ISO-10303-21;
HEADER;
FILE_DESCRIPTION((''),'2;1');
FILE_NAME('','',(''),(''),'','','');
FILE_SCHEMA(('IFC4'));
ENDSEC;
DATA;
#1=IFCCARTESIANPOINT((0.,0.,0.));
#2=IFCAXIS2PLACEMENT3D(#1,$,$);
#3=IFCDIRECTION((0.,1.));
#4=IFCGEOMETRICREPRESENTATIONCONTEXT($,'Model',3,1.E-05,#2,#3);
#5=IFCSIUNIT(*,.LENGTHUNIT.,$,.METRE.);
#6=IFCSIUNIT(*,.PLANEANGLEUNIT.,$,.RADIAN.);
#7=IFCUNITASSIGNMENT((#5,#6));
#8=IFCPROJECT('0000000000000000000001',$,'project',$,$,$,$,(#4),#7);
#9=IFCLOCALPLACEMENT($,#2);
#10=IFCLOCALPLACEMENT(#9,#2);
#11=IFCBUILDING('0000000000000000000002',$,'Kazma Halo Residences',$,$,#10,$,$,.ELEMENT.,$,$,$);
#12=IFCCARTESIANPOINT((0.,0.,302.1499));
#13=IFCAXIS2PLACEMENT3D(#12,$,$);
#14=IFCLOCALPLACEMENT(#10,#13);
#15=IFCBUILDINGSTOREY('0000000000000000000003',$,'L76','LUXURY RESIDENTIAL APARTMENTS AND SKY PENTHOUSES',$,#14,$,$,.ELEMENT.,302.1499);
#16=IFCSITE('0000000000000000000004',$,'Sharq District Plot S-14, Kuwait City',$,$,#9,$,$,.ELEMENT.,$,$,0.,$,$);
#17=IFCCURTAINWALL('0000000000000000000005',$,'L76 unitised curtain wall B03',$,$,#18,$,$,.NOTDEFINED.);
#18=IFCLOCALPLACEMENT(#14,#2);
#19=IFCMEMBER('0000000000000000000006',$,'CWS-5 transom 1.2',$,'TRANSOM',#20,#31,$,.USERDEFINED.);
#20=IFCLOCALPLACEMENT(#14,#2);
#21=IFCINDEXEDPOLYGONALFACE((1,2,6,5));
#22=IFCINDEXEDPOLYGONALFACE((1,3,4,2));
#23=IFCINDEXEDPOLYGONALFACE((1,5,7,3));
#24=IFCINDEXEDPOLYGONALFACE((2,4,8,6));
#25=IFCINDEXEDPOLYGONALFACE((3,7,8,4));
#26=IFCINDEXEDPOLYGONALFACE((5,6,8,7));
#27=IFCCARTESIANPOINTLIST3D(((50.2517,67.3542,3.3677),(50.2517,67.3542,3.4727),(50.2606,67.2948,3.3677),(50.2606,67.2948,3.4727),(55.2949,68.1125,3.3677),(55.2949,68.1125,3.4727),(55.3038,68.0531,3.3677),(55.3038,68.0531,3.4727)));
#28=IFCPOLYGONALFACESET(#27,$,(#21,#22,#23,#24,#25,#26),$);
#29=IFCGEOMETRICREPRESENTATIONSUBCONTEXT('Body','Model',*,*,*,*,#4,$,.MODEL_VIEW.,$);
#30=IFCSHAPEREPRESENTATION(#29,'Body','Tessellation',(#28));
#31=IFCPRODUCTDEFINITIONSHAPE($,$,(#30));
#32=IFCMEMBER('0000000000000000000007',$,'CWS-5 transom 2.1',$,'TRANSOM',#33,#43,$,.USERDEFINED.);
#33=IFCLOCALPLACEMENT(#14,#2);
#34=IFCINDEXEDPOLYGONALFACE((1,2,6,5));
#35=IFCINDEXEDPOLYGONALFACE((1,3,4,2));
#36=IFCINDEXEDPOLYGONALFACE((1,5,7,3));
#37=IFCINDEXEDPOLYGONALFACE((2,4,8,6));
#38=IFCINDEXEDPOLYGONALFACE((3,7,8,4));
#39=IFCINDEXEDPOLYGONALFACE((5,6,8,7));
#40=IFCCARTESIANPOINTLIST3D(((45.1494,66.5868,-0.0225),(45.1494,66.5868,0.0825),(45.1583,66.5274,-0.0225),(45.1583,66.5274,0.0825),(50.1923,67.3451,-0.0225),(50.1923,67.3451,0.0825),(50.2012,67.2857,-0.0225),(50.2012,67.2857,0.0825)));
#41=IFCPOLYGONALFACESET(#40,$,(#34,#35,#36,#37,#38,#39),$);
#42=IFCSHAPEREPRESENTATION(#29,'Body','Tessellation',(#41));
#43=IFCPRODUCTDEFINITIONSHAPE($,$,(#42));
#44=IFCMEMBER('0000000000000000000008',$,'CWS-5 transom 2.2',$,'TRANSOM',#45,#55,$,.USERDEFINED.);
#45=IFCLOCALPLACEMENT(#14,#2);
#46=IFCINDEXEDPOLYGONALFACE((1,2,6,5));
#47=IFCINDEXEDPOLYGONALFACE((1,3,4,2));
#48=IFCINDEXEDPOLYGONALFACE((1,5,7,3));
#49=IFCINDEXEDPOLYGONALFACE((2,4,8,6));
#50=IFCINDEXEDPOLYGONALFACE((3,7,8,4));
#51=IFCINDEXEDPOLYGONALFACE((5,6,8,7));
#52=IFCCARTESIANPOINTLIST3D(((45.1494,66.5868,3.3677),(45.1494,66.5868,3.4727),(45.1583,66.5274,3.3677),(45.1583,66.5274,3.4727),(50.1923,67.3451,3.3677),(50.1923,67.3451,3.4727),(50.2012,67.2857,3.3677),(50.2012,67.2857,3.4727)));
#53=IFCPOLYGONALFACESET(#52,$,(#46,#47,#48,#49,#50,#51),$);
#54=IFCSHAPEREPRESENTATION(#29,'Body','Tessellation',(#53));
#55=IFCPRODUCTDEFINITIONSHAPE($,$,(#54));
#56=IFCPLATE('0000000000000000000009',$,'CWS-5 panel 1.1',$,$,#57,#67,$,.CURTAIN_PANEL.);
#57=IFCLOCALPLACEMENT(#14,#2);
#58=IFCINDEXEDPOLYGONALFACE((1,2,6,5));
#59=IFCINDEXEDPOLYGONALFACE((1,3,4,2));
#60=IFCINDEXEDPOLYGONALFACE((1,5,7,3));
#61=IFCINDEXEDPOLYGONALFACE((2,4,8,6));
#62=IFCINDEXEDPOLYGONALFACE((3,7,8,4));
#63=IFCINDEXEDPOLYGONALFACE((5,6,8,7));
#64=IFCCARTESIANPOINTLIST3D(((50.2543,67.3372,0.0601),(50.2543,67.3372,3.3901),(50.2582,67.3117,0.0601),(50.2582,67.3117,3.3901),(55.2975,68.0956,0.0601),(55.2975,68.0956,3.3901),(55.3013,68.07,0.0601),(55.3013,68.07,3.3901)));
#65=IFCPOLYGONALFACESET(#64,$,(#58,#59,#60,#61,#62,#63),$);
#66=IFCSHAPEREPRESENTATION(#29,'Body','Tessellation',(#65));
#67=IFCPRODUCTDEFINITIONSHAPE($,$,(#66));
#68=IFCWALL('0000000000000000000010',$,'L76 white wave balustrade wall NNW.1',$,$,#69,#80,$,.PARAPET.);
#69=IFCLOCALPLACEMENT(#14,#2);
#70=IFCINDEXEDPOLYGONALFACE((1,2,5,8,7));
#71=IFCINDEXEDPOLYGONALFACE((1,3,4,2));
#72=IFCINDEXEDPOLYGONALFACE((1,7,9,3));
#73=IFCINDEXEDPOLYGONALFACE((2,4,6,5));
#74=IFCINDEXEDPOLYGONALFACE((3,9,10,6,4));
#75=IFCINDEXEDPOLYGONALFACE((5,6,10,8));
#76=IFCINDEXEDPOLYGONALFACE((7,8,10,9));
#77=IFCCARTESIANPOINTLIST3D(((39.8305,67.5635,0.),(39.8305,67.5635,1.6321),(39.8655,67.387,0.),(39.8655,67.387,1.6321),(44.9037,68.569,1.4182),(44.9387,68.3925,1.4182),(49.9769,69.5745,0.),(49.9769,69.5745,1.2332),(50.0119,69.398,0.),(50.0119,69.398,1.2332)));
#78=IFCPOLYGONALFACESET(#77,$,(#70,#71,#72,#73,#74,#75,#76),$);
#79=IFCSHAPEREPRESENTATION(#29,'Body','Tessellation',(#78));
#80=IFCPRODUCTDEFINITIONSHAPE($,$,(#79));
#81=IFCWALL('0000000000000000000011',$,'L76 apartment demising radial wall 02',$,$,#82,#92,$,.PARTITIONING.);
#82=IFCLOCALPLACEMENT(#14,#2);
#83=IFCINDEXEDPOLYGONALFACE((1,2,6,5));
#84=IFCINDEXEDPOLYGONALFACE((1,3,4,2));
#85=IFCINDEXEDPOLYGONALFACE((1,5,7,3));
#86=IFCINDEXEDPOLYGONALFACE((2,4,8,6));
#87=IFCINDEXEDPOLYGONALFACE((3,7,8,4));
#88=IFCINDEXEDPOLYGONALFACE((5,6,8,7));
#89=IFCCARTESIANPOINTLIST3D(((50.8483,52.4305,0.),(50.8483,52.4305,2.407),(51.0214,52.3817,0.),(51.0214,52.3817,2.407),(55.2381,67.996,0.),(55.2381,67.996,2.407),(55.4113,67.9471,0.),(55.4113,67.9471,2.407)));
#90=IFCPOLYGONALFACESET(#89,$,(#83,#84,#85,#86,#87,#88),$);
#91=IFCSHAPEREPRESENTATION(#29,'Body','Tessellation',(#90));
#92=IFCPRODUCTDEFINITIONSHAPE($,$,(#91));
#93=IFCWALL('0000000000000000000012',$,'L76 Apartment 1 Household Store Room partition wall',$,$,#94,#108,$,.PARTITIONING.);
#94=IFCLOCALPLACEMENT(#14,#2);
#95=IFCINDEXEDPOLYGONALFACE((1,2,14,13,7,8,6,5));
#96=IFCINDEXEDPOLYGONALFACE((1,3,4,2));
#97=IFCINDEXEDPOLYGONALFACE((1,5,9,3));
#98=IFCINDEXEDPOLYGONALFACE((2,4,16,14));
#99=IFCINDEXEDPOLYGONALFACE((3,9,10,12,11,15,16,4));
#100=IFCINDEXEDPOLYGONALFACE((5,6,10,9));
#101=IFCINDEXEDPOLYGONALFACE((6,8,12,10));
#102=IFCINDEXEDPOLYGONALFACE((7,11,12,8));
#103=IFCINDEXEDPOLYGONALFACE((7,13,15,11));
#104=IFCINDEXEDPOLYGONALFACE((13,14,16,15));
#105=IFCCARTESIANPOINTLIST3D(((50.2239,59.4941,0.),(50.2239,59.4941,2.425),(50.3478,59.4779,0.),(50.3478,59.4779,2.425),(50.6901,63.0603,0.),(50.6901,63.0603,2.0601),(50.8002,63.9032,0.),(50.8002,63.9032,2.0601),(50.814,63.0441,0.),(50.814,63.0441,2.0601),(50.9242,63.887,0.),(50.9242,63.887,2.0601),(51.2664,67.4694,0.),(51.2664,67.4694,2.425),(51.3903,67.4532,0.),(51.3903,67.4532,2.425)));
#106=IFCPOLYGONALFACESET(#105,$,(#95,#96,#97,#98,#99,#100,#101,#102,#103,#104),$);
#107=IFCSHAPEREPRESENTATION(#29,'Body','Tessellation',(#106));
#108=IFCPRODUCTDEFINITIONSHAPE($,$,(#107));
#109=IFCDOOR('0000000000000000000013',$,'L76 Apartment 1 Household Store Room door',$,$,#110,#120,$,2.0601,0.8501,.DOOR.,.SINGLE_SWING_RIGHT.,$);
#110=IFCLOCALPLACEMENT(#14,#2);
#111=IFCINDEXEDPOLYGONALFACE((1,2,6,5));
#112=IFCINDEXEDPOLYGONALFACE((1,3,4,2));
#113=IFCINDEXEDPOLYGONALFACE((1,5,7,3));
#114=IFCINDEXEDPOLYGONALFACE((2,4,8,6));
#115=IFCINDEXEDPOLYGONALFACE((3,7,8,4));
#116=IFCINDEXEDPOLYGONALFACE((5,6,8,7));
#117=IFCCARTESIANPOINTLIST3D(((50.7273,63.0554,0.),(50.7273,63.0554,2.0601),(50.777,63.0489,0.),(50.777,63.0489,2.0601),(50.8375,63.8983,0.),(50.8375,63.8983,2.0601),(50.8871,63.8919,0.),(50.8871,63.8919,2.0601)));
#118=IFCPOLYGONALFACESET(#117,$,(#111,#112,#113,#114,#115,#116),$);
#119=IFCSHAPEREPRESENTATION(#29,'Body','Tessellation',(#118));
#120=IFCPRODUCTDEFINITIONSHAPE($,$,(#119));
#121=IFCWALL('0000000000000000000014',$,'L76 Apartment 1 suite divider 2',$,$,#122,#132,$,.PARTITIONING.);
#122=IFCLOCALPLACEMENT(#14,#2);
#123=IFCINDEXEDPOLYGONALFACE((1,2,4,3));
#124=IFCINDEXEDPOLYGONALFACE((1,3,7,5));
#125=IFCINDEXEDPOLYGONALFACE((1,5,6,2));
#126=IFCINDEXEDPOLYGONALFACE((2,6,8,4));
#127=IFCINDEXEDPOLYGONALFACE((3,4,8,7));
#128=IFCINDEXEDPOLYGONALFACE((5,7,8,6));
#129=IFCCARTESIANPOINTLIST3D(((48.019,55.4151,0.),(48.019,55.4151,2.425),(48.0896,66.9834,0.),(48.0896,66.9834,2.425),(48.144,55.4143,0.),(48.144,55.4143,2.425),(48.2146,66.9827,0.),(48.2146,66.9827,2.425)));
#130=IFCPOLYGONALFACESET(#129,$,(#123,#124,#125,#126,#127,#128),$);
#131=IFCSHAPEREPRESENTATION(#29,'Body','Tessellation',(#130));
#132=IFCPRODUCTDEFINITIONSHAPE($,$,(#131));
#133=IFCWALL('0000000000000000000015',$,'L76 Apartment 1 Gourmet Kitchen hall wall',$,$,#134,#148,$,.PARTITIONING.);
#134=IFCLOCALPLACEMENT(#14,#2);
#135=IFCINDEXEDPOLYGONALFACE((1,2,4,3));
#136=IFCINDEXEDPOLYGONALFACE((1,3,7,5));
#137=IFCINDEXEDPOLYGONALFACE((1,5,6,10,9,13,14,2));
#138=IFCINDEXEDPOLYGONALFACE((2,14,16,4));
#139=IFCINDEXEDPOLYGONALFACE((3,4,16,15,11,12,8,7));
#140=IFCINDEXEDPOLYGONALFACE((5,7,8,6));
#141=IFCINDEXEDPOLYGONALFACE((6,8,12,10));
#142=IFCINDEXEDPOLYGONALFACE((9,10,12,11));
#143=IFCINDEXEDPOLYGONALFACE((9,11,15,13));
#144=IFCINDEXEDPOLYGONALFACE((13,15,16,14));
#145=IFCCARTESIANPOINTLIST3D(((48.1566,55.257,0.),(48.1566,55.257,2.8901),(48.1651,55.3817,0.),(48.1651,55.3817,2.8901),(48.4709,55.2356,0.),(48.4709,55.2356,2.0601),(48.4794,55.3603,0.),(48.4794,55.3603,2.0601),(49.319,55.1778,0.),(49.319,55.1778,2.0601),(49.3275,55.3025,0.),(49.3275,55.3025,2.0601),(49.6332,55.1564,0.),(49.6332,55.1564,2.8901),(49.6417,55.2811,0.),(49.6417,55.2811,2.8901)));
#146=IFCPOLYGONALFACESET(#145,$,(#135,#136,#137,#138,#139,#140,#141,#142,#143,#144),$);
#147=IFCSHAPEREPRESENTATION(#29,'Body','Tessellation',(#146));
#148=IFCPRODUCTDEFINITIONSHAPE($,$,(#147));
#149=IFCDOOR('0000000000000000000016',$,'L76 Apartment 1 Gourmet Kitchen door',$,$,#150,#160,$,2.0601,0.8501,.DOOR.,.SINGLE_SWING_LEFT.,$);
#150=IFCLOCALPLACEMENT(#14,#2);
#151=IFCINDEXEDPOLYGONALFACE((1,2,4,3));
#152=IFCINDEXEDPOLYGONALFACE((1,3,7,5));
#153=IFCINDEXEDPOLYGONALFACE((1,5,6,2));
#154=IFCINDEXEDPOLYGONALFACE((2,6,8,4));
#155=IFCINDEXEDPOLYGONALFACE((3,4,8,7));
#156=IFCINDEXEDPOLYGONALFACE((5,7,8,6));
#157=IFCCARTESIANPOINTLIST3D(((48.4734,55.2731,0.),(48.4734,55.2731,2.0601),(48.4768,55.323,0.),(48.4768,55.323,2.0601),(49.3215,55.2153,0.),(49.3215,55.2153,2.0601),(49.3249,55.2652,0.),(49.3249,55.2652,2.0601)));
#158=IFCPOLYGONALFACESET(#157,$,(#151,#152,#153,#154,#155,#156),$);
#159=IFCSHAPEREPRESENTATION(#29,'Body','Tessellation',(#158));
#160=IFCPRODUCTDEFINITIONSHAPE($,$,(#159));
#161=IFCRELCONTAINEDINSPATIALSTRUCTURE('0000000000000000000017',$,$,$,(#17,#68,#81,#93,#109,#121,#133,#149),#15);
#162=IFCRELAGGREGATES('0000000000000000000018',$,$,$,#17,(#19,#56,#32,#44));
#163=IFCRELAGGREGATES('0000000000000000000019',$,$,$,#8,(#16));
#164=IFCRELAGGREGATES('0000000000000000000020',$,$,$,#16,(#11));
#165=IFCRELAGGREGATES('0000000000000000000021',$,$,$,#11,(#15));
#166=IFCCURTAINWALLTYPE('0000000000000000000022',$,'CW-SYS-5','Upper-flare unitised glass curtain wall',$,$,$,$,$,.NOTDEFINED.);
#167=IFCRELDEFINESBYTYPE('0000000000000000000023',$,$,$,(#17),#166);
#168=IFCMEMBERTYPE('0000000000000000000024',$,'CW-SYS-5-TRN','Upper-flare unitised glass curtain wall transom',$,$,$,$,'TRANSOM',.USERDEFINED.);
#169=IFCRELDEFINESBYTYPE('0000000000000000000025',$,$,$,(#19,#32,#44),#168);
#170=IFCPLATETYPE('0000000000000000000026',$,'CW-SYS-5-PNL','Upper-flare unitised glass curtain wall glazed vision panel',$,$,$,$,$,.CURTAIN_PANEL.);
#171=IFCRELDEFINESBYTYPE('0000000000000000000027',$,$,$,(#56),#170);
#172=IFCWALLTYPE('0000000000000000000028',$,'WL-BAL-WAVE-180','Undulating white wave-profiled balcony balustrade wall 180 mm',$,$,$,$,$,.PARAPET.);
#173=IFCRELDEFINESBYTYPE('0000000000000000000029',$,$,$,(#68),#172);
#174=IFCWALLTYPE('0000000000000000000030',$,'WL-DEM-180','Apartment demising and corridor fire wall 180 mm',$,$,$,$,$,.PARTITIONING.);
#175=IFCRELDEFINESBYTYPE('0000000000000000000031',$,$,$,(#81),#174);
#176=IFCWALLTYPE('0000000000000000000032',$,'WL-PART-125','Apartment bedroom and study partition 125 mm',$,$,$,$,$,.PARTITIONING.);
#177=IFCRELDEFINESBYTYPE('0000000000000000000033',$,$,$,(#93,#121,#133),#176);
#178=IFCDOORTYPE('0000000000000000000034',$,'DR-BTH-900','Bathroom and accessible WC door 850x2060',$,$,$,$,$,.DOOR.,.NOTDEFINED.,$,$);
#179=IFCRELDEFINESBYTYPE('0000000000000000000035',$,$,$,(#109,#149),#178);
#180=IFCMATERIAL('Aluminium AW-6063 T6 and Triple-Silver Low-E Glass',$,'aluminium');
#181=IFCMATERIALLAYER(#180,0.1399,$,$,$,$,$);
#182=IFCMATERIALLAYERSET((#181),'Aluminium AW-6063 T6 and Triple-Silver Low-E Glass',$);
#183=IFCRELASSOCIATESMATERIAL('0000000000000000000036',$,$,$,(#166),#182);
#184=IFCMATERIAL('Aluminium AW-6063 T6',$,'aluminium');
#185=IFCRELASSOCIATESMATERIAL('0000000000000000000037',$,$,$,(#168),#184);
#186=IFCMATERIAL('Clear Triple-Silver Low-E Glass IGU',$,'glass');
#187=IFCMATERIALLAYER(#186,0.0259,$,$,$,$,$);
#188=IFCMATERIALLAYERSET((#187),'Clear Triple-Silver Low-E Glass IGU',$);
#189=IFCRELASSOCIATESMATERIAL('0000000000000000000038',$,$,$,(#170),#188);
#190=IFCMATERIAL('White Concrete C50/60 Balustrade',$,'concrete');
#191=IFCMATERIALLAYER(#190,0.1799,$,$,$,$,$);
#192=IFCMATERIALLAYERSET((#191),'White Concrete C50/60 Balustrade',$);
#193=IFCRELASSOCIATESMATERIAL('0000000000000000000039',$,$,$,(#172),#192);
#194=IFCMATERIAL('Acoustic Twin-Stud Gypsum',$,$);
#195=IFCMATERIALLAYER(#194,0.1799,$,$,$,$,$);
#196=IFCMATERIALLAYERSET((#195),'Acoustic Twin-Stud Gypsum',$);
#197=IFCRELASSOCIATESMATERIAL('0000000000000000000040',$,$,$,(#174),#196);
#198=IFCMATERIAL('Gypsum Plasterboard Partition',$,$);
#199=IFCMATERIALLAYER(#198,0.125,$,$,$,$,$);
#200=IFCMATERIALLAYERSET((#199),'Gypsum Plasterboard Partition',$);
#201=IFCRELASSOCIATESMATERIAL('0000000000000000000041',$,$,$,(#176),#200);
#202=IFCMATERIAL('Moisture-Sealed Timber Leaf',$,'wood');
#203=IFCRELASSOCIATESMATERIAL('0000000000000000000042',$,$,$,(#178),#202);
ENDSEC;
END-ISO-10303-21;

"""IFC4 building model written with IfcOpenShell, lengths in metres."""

from ifc_helpers import new_model, si_unit, direction, frame, frame_2d, origin, origin_2d, place, context, subcontext, project, spatial, polyline, rectangle, outline, extrude, material, layer, layer_set, material_profile, profile_set, type_object, element, fill, aggregate, save


model = new_model("IFC4")

# Units and contexts
model_context = context("Model", 3, precision=1e-05, world=origin(), true_north=direction((0.0, 1.0)))
body_context = subcontext(model_context, "Body", "Model", "MODEL_VIEW")
ifc_project = project(units=[si_unit("LENGTHUNIT", "METRE"), si_unit("PLANEANGLEUNIT", "RADIAN")], contexts=[model_context])

# Site, building, storey
site_placement = place(None, origin())
site = spatial("IfcSite", under=ifc_project, at=site_placement, Name="Sharq District Plot S-14, Kuwait City", CompositionType="ELEMENT", RefElevation=0.0)
building_placement = place(site_placement, origin())
building = spatial("IfcBuilding", under=site, at=building_placement, Name="Kazma Halo Residences", CompositionType="ELEMENT")
storey_placement = place(building_placement, frame((0.0, 0.0, 302.1499)))
storey = spatial("IfcBuildingStorey", under=building, at=storey_placement, Name="L76", Description="LUXURY RESIDENTIAL APARTMENTS AND SKY PENTHOUSES", CompositionType="ELEMENT", Elevation=302.1499)

# Curtain wall, members, plate
ifc_material_1 = material(Name="Aluminium AW-6063 T6 and Triple-Silver Low-E Glass", Category="aluminium")
ifc_layer_1 = layer(ifc_material_1, 0.1399)
ifc_layer_set_1 = layer_set([ifc_layer_1], Name="Aluminium AW-6063 T6 and Triple-Silver Low-E Glass")
curtain_wall_type = type_object("IfcCurtainWallType", Name="CW-SYS-5", Description="Upper-flare unitised glass curtain wall", PredefinedType="NOTDEFINED", material=ifc_layer_set_1)
curtain_wall_placement = place(storey_placement, origin())
curtain_wall = element("IfcCurtainWall", 1, at=curtain_wall_placement, inside=storey, type_object=curtain_wall_type, Name="L76 unitised curtain wall B03", PredefinedType="NOTDEFINED")
ifc_material_2 = material(Name="Aluminium AW-6063 T6", Category="aluminium")
ifc_material_profile_1 = material_profile(ifc_material_2, rectangle(XDim=0.0601, YDim=0.105, at=origin_2d()), Name="CWT-60x105")
ifc_profile_set_1 = profile_set([ifc_material_profile_1], Name="Aluminium AW-6063 T6")
member_type_1 = type_object("IfcMemberType", Name="CW-SYS-5-TRN", Description="Upper-flare unitised glass curtain wall transom", ElementType="TRANSOM", PredefinedType="USERDEFINED", material=ifc_profile_set_1)
member_1_placement = place(storey_placement, frame((55.2993, 68.0828, 3.4202), z_axis=(-0.988884, -0.148689, 0.0), x_axis=(0.148689, -0.988884, 0.0)))
member_1 = element("IfcMember", 2, at=member_1_placement, type_object=member_type_1, Name="CWS-5 transom 1.2", ObjectType="TRANSOM", PredefinedType="USERDEFINED", context=body_context, shape_type="SweptSolid", body=[
    extrude(rectangle(XDim=0.0601, YDim=0.105, at=origin_2d()), origin(), (0.0, 0.0, 1.0), 5.0999),
])
member_2_placement = place(storey_placement, frame((50.1968, 67.3154, 0.03), z_axis=(-0.988883, -0.148696, 0.0), x_axis=(0.148696, -0.988883, 0.0)))
member_2 = element("IfcMember", 3, at=member_2_placement, type_object=member_type_1, Name="CWS-5 transom 2.1", ObjectType="TRANSOM", PredefinedType="USERDEFINED", context=body_context, shape_type="SweptSolid", body=[
    extrude(rectangle(XDim=0.0601, YDim=0.105, at=origin_2d()), origin(), (0.0, 0.0, 1.0), 5.0996),
])
member_3_placement = place(storey_placement, frame((50.1968, 67.3154, 3.4202), z_axis=(-0.988883, -0.148696, 0.0), x_axis=(0.148696, -0.988883, 0.0)))
member_3 = element("IfcMember", 4, at=member_3_placement, type_object=member_type_1, Name="CWS-5 transom 2.2", ObjectType="TRANSOM", PredefinedType="USERDEFINED", context=body_context, shape_type="SweptSolid", body=[
    extrude(rectangle(XDim=0.0601, YDim=0.105, at=origin_2d()), origin(), (0.0, 0.0, 1.0), 5.0996),
])
ifc_material_3 = material(Name="Clear Triple-Silver Low-E Glass IGU", Category="glass")
ifc_layer_2 = layer(ifc_material_3, 0.0259)
ifc_layer_set_2 = layer_set([ifc_layer_2], Name="Clear Triple-Silver Low-E Glass IGU")
plate_type = type_object("IfcPlateType", Name="CW-SYS-5-PNL", Description="Upper-flare unitised glass curtain wall glazed vision panel", PredefinedType="CURTAIN_PANEL", material=ifc_layer_set_2)
plate_placement = place(storey_placement, frame((52.7778, 67.7036, 0.0601), z_axis=(0.0, 0.0, 1.0), x_axis=(-0.988883, -0.148697, 0.0)))
plate = element("IfcPlate", 5, at=plate_placement, type_object=plate_type, Name="CWS-5 panel 1.1", PredefinedType="CURTAIN_PANEL", context=body_context, shape_type="SweptSolid", body=[
    extrude(rectangle(XDim=5.0999, YDim=0.0259, at=origin_2d()), origin(), (0.0, 0.0, 1.0), 3.3301),
])
aggregate(curtain_wall, [member_1, plate, member_2, member_3])

# Walls
ifc_material_4 = material(Name="White Concrete C50/60 Balustrade", Category="concrete")
ifc_layer_3 = layer(ifc_material_4, 0.1799)
ifc_layer_set_3 = layer_set([ifc_layer_3], Name="White Concrete C50/60 Balustrade")
wall_type_1 = type_object("IfcWallType", Name="WL-BAL-WAVE-180", Description="Undulating white wave-profiled balcony balustrade wall 180 mm", PredefinedType="PARAPET", material=ifc_layer_set_3)
wall_1_placement = place(storey_placement, frame((49.9944, 69.4861, 0.0), z_axis=(0.0, 0.0, 1.0), x_axis=(-0.98092, -0.194414, 0.0)))
element("IfcWall", 6, at=wall_1_placement, inside=storey, type_object=wall_type_1, Name="L76 white wave balustrade wall NNW.1", PredefinedType="PARAPET", context=body_context, shape_type="SweptSolid", body=[
    extrude(outline(polyline([(0.0, 0.0), (10.3438, 0.0), (10.3438, 1.6321), (5.1719, 1.4182), (0.0, 1.2332), (0.0, 0.0)])), frame((0.0, 0.0898, 0.0), z_axis=(0.0, -1.0, 0.0), x_axis=(1.0, 0.0, 0.0)), (0.0, 0.0, 1.0), 0.1799),
])
ifc_material_5 = material(Name="Acoustic Twin-Stud Gypsum")
ifc_layer_4 = layer(ifc_material_5, 0.1799)
ifc_layer_set_4 = layer_set([ifc_layer_4], Name="Acoustic Twin-Stud Gypsum")
wall_type_2 = type_object("IfcWallType", Name="WL-DEM-180", Description="Apartment demising and corridor fire wall 180 mm", PredefinedType="PARTITIONING", material=ifc_layer_set_4)
wall_2_placement = place(storey_placement, frame((50.9348, 52.406, 0.0), z_axis=(0.0, 0.0, 1.0), x_axis=(0.27144, 0.962455, 0.0)))
element("IfcWall", 7, at=wall_2_placement, inside=storey, type_object=wall_type_2, Name="L76 apartment demising radial wall 02", PredefinedType="PARTITIONING", context=body_context, shape_type="SweptSolid", body=[
    extrude(rectangle(XDim=16.1726, YDim=0.1799, at=frame_2d((8.0864, 0.0))), origin(), (0.0, 0.0, 1.0), 2.407),
])

# Wall, opening, door
ifc_material_6 = material(Name="Gypsum Plasterboard Partition")
ifc_layer_5 = layer(ifc_material_6, 0.125)
ifc_layer_set_5 = layer_set([ifc_layer_5], Name="Gypsum Plasterboard Partition")
wall_type_3 = type_object("IfcWallType", Name="WL-PART-125", Description="Apartment bedroom and study partition 125 mm", PredefinedType="PARTITIONING", material=ifc_layer_set_5)
wall_3_placement = place(storey_placement, frame((50.2859, 59.4861, 0.0), z_axis=(0.0, 0.0, 1.0), x_axis=(0.12961, 0.991565, 0.0)))
wall_3 = element("IfcWall", 8, at=wall_3_placement, inside=storey, type_object=wall_type_3, Name="L76 Apartment 1 Household Store Room partition wall", PredefinedType="PARTITIONING", context=body_context, shape_type="SweptSolid", body=[
    extrude(rectangle(XDim=8.0432, YDim=0.125, at=frame_2d((4.0215, 0.0))), origin(), (0.0, 0.0, 1.0), 2.425),
])
opening_1_placement = place(wall_3_placement, frame((3.5964, 0.0, 0.0)))
opening_1 = element("IfcOpeningElement", 9, at=opening_1_placement, cuts=wall_3, PredefinedType="OPENING", context=body_context, shape_type="SweptSolid", body=[
    extrude(rectangle(XDim=0.8501, YDim=2.0601, at=frame_2d((0.425, 1.03))), frame((0.0, 0.0725, 0.0), z_axis=(0.0, -1.0, 0.0), x_axis=(1.0, 0.0, 0.0)), (0.0, 0.0, 1.0), 0.145),
])
ifc_material_7 = material(Name="Moisture-Sealed Timber Leaf", Category="wood")
door_type_1 = type_object("IfcDoorType", Name="DR-BTH-900", Description="Bathroom and accessible WC door 850x2060", OperationType="NOTDEFINED", PredefinedType="DOOR", material=ifc_material_7)
door_1_placement = place(opening_1_placement, origin())
door_1 = element("IfcDoor", 10, at=door_1_placement, inside=storey, type_object=door_type_1, Name="L76 Apartment 1 Household Store Room door", OperationType="SINGLE_SWING_RIGHT", OverallHeight=2.0601, OverallWidth=0.8501, PredefinedType="DOOR", context=body_context, shape_type="SweptSolid", body=[
    extrude(rectangle(XDim=0.8501, YDim=2.0601, at=frame_2d((0.425, 1.03))), frame((0.0, 0.0249, 0.0), z_axis=(0.0, -1.0, 0.0), x_axis=(1.0, 0.0, 0.0)), (0.0, 0.0, 1.0), 0.05),
])
fill(opening_1, door_1)

# Wall
wall_4_placement = place(storey_placement, frame((48.0815, 55.4148, 0.0), z_axis=(0.0, 0.0, 1.0), x_axis=(0.006099, 0.999981, 0.0)))
element("IfcWall", 11, at=wall_4_placement, inside=storey, type_object=wall_type_3, Name="L76 Apartment 1 suite divider 2", PredefinedType="PARTITIONING", context=body_context, shape_type="SweptSolid", body=[
    extrude(rectangle(XDim=11.5686, YDim=0.125, at=frame_2d((5.7842, 0.0))), origin(), (0.0, 0.0, 1.0), 2.425),
])

# Wall, opening, door
wall_5_placement = place(storey_placement, frame((49.6375, 55.2188, 0.0), z_axis=(0.0, 0.0, 1.0), x_axis=(-0.997688, 0.067964, 0.0)))
wall_5 = element("IfcWall", 12, at=wall_5_placement, inside=storey, type_object=wall_type_3, Name="L76 Apartment 1 Gourmet Kitchen hall wall", PredefinedType="PARTITIONING", context=body_context, shape_type="SweptSolid", body=[
    extrude(rectangle(XDim=1.48, YDim=0.125, at=frame_2d((0.74, 0.0))), origin(), (0.0, 0.0, 1.0), 2.8901),
])
opening_2_placement = place(wall_5_placement, frame((0.3149, 0.0, 0.0)))
opening_2 = element("IfcOpeningElement", 13, at=opening_2_placement, cuts=wall_5, PredefinedType="OPENING", context=body_context, shape_type="SweptSolid", body=[
    extrude(rectangle(XDim=0.8501, YDim=2.0601, at=frame_2d((0.425, 1.03))), frame((0.0, 0.0725, 0.0), z_axis=(0.0, -1.0, 0.0), x_axis=(1.0, 0.0, 0.0)), (0.0, 0.0, 1.0), 0.145),
])
door_2_placement = place(opening_2_placement, origin())
door_2 = element("IfcDoor", 14, at=door_2_placement, inside=storey, type_object=door_type_1, Name="L76 Apartment 1 Gourmet Kitchen door", OperationType="SINGLE_SWING_LEFT", OverallHeight=2.0601, OverallWidth=0.8501, PredefinedType="DOOR", context=body_context, shape_type="SweptSolid", body=[
    extrude(rectangle(XDim=0.8501, YDim=2.0601, at=frame_2d((0.425, 1.03))), frame((0.0, 0.0249, 0.0), z_axis=(0.0, -1.0, 0.0), x_axis=(1.0, 0.0, 0.0)), (0.0, 0.0, 1.0), 0.05),
])
fill(opening_2, door_2)

save(model, "model.ifc")
